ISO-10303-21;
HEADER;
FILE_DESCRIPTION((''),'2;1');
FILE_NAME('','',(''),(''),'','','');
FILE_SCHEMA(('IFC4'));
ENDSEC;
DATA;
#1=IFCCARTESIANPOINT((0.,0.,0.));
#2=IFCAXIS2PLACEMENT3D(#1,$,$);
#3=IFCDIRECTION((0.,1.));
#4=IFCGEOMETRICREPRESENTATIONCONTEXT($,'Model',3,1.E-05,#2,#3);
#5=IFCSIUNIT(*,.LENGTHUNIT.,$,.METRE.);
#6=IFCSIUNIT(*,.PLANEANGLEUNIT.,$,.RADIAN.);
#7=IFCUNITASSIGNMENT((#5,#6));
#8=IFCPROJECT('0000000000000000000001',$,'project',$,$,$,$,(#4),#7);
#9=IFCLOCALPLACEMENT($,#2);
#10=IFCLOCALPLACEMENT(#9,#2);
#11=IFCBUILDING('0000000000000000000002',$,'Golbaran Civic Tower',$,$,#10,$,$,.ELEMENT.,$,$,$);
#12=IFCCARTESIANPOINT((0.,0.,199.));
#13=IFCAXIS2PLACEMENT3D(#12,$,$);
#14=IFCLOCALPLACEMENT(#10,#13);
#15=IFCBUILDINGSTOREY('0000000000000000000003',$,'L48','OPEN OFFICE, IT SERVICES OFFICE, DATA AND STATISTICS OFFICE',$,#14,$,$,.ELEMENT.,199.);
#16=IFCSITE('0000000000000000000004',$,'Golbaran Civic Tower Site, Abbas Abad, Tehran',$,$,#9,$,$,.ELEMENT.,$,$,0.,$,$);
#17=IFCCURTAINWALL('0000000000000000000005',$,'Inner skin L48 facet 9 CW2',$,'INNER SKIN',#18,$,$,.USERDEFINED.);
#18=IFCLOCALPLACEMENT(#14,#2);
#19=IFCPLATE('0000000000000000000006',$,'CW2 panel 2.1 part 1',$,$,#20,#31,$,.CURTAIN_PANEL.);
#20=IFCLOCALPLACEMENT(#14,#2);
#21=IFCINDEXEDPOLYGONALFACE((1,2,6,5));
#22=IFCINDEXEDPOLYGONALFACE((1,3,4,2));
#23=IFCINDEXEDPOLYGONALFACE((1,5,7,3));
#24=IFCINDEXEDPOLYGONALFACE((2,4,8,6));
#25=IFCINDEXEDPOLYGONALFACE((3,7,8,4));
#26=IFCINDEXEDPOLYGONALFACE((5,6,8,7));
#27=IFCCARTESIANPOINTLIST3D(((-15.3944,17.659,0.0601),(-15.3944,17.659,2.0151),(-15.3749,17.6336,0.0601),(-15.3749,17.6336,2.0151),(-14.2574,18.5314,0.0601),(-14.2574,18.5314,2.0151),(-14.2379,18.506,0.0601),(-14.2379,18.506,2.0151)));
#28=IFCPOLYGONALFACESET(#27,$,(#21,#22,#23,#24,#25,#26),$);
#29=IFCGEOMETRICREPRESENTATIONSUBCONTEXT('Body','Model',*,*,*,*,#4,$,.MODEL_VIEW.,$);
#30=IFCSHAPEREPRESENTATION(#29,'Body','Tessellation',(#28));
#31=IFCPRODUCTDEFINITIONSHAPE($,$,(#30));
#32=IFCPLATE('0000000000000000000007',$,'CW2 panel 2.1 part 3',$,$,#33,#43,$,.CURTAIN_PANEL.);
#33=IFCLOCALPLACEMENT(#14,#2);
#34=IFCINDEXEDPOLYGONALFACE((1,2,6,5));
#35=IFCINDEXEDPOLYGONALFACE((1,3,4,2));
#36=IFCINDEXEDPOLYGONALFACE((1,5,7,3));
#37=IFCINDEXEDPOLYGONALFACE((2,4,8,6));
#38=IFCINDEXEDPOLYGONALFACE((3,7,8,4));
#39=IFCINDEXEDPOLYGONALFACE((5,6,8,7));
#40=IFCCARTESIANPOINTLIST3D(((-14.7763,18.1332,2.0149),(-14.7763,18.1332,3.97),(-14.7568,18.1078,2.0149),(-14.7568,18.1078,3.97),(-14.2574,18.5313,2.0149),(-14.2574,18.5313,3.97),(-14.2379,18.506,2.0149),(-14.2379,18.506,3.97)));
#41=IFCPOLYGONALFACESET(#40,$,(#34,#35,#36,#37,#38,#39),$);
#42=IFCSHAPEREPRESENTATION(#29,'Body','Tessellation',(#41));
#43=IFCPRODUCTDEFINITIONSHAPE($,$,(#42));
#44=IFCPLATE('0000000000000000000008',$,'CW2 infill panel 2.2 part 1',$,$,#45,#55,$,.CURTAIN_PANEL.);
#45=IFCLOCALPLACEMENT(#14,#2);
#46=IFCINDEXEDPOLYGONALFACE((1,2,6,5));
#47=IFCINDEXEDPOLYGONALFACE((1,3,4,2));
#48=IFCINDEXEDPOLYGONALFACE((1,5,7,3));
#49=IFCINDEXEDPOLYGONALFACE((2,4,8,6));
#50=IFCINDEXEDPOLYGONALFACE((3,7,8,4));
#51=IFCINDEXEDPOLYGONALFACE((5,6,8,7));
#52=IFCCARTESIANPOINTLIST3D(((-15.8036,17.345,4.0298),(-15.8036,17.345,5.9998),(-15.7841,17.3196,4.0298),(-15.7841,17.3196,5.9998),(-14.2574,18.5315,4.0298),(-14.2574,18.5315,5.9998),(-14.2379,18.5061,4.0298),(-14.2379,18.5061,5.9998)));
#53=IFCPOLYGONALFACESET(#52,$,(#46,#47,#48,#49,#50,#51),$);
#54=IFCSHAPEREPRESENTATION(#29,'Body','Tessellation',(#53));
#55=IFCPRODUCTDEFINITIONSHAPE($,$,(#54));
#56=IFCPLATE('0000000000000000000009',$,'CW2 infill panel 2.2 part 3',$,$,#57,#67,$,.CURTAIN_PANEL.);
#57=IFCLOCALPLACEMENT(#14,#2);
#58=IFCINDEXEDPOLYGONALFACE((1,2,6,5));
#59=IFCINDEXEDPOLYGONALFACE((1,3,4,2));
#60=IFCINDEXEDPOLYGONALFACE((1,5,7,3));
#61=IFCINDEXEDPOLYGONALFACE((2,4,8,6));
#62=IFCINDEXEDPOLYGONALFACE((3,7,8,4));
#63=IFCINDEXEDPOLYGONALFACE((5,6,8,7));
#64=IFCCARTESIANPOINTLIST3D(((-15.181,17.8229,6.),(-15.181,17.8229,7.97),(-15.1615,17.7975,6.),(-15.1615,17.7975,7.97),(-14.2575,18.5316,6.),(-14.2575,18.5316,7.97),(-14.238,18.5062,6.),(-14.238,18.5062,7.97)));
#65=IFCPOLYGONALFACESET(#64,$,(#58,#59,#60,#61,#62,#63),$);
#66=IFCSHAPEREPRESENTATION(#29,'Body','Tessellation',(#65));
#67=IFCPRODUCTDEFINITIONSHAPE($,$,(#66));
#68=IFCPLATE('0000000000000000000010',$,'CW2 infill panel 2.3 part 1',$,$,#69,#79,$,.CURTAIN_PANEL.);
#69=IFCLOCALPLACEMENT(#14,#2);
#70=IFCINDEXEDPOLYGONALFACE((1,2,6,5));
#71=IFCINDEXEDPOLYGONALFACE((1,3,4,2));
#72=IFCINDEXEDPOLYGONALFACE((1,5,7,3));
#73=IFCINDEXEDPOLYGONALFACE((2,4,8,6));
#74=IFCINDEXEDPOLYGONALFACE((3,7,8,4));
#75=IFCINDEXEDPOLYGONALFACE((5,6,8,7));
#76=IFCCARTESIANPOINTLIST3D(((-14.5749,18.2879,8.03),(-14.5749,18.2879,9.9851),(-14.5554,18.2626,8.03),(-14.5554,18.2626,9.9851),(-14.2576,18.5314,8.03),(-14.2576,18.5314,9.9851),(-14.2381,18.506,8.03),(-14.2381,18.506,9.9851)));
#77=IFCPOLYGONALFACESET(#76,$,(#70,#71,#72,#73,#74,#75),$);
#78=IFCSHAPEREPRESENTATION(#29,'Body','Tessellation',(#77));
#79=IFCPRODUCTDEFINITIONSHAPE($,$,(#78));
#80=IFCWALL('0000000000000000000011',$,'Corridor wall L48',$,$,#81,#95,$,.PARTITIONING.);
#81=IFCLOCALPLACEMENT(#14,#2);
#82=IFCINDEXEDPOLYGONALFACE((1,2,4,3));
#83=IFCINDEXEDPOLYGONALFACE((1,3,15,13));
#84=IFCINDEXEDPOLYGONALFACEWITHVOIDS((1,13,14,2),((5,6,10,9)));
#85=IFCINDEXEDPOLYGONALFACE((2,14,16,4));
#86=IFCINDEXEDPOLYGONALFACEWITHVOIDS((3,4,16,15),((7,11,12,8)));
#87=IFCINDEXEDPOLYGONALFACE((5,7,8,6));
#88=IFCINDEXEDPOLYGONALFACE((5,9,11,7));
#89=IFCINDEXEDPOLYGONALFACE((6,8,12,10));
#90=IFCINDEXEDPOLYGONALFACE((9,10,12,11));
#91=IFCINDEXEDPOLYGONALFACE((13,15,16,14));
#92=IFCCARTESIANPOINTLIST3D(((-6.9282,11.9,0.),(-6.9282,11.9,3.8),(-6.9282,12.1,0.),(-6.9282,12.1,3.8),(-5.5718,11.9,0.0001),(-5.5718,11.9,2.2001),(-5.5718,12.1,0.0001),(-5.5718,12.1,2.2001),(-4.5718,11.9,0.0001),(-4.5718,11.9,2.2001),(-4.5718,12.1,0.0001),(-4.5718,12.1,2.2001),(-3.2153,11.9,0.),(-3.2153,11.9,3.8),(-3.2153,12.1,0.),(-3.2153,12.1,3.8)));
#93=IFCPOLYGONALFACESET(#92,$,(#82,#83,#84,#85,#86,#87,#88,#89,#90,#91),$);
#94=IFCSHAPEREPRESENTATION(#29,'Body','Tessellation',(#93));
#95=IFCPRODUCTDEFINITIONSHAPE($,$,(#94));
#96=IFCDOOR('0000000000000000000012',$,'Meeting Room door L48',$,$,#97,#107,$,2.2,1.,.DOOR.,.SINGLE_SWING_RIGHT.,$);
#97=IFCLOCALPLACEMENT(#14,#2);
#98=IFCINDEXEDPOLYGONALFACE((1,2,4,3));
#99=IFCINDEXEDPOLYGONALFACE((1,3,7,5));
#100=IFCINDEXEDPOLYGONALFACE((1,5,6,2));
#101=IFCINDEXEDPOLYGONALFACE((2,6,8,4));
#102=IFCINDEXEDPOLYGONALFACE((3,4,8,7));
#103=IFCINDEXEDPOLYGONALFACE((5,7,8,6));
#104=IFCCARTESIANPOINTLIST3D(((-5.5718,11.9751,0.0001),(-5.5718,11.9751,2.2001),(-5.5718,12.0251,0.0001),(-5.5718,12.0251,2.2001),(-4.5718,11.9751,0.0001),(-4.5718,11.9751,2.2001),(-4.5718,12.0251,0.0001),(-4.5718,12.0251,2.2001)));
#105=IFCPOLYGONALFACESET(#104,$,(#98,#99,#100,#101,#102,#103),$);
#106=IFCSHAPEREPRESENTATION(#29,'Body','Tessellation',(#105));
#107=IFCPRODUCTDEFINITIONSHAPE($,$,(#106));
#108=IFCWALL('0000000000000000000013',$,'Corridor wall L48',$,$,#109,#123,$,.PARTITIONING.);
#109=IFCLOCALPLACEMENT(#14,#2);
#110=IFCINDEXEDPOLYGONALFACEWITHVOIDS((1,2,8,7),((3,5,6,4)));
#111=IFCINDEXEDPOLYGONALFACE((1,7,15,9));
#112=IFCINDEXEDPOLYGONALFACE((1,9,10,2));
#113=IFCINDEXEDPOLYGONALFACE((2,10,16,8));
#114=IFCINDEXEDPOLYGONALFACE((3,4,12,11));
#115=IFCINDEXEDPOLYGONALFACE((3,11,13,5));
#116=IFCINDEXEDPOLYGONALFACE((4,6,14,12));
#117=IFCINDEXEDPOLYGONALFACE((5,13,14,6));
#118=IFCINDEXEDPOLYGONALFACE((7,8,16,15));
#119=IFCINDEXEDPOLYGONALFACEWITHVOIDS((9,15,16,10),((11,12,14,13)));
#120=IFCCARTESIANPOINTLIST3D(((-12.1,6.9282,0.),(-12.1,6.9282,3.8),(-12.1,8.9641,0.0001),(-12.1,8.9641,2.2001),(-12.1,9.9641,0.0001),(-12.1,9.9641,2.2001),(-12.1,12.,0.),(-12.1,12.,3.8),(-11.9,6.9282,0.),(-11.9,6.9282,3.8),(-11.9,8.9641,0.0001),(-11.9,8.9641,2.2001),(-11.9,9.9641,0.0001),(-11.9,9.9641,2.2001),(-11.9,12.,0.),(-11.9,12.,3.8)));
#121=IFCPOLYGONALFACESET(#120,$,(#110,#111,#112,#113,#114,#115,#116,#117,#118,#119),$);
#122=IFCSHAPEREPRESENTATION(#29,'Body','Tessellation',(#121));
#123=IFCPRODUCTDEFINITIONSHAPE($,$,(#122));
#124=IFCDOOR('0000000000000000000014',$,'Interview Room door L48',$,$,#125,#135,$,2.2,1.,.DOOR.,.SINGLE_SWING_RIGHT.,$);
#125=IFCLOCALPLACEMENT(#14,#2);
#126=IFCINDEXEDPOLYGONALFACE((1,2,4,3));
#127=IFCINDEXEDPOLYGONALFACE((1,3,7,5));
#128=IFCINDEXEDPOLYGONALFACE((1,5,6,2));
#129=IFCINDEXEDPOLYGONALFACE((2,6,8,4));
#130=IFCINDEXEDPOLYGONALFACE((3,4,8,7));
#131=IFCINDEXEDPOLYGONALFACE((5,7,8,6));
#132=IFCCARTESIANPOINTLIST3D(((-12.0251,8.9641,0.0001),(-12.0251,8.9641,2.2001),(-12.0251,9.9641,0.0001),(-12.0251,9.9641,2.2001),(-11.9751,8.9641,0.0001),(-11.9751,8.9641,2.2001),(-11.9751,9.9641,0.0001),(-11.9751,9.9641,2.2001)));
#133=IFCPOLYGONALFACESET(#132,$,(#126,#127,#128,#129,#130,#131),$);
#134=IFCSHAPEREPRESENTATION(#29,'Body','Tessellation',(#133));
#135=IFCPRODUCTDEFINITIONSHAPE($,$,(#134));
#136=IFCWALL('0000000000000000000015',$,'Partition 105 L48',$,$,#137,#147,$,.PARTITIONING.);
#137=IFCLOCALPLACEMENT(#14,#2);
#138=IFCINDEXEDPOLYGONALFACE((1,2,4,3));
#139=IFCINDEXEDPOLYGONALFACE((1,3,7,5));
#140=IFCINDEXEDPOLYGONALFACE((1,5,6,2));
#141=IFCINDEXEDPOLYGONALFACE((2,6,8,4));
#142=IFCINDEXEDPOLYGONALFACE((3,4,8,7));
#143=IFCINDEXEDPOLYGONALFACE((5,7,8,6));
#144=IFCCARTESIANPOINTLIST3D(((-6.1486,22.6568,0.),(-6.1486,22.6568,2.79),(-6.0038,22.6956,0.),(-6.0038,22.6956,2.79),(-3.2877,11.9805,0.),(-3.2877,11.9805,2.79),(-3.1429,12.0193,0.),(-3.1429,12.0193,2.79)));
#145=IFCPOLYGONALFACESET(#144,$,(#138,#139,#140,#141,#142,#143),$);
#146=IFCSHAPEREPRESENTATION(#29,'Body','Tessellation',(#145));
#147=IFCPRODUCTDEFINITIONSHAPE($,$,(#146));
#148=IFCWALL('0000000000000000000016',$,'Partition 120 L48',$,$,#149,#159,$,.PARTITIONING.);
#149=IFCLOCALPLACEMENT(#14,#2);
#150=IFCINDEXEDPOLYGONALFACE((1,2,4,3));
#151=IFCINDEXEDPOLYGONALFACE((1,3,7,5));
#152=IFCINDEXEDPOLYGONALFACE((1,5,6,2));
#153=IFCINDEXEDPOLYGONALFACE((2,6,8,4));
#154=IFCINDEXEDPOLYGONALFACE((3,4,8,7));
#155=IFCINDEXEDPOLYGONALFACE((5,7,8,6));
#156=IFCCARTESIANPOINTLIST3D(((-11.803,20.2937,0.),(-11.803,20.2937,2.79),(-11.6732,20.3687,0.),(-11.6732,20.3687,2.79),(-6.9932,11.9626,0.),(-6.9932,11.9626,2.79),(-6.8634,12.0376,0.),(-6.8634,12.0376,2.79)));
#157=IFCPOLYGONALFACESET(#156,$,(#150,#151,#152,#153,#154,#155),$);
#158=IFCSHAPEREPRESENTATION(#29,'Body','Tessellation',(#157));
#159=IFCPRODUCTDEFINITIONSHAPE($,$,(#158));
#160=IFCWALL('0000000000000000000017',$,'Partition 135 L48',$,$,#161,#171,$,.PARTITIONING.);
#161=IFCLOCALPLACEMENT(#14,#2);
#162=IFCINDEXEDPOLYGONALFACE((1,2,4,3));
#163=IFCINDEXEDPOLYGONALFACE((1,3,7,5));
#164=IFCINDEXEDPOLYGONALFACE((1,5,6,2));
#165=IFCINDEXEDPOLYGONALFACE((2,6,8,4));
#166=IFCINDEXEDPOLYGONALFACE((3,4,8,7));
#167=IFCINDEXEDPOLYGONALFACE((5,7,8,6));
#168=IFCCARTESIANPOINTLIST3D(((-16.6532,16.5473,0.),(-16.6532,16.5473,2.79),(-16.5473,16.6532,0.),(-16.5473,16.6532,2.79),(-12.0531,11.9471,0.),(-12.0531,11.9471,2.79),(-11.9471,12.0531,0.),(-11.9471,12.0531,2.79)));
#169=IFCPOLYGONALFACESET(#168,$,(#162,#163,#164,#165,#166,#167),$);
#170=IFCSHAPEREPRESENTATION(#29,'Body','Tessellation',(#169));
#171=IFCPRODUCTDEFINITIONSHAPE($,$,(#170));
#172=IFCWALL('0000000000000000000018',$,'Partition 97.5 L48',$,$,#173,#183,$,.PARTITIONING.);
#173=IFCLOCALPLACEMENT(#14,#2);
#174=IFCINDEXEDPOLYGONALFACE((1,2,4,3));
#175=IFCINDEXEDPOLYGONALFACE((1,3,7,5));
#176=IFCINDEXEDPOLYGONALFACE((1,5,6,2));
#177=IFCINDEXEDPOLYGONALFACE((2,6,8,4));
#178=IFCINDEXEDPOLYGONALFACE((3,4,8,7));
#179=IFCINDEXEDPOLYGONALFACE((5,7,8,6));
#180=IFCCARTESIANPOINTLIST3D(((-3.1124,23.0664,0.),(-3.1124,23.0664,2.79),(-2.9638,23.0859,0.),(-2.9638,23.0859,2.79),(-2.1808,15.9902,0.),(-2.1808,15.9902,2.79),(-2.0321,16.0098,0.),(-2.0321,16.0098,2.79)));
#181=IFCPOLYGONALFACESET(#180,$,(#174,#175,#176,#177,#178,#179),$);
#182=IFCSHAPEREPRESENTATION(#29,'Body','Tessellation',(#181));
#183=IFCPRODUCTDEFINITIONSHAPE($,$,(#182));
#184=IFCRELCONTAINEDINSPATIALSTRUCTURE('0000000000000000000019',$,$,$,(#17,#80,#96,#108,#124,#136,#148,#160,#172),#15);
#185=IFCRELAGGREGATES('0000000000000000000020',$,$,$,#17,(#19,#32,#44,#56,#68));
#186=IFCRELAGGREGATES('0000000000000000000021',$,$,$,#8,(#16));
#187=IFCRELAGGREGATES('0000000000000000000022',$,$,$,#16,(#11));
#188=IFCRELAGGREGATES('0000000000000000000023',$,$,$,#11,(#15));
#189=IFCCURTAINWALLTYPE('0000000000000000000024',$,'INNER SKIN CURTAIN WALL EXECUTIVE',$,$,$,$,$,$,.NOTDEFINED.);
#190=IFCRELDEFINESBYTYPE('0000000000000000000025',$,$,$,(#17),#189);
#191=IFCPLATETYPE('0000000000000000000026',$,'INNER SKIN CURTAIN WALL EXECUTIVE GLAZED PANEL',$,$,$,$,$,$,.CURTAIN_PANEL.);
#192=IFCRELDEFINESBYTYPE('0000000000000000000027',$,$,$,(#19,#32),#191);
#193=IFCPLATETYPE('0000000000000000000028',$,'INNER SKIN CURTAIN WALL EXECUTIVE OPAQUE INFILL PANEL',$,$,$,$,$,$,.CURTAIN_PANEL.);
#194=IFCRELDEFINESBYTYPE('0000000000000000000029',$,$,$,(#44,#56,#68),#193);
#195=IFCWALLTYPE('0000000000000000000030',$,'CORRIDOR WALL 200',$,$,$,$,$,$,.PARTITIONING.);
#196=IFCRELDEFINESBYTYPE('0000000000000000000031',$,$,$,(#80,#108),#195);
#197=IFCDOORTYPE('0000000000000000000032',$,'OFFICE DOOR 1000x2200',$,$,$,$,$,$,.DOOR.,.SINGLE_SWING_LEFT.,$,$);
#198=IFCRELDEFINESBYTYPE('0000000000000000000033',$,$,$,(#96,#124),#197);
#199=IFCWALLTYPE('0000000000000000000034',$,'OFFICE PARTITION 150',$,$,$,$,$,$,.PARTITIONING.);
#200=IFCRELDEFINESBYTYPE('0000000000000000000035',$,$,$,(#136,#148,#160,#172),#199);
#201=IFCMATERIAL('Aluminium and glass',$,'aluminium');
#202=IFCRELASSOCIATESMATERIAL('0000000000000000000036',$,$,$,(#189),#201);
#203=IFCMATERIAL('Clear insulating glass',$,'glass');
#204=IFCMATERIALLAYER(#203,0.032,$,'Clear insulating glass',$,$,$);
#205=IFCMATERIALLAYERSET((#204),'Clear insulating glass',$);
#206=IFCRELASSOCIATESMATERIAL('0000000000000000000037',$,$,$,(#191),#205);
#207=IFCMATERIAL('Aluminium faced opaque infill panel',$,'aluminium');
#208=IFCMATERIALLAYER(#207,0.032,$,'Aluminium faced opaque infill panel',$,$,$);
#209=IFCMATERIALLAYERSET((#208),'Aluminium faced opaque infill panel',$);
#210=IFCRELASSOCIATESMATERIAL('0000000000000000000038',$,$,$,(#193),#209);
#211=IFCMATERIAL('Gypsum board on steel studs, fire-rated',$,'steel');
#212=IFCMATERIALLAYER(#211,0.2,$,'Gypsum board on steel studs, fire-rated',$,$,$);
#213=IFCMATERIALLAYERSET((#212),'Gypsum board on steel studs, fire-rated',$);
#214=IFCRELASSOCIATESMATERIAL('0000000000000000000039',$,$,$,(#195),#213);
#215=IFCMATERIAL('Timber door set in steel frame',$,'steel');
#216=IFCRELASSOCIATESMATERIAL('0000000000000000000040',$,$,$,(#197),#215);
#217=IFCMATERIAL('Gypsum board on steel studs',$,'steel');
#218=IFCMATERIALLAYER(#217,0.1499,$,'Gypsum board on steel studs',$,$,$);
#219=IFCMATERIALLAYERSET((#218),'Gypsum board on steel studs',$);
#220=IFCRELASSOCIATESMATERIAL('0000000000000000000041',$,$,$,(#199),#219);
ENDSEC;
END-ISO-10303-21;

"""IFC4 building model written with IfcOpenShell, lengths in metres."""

from ifc_helpers import new_model, si_unit, direction, frame, frame_2d, origin, origin_2d, place, context, subcontext, project, spatial, rectangle, extrude, material, layer, layer_set, type_object, element, fill, aggregate, save


model = new_model("IFC4")

# Units and contexts
model_context = context("Model", 3, precision=1e-05, world=origin(), true_north=direction((0.0, 1.0)))
body_context = subcontext(model_context, "Body", "Model", "MODEL_VIEW")
ifc_project = project(units=[si_unit("LENGTHUNIT", "METRE"), si_unit("PLANEANGLEUNIT", "RADIAN")], contexts=[model_context])

# Site, building, storey
site_placement = place(None, origin())
site = spatial("IfcSite", under=ifc_project, at=site_placement, Name="Golbaran Civic Tower Site, Abbas Abad, Tehran", CompositionType="ELEMENT", RefElevation=0.0)
building_placement = place(site_placement, origin())
building = spatial("IfcBuilding", under=site, at=building_placement, Name="Golbaran Civic Tower", CompositionType="ELEMENT")
storey_placement = place(building_placement, frame((0.0, 0.0, 199.0)))
storey = spatial("IfcBuildingStorey", under=building, at=storey_placement, Name="L48", Description="OPEN OFFICE, IT SERVICES OFFICE, DATA AND STATISTICS OFFICE", CompositionType="ELEMENT", Elevation=199.0)

# Curtain wall, plates
ifc_material_1 = material(Name="Aluminium and glass", Category="aluminium")
curtain_wall_type = type_object("IfcCurtainWallType", Name="INNER SKIN CURTAIN WALL EXECUTIVE", PredefinedType="NOTDEFINED", material=ifc_material_1)
curtain_wall_placement = place(storey_placement, origin())
curtain_wall = element("IfcCurtainWall", 1, at=curtain_wall_placement, inside=storey, type_object=curtain_wall_type, Name="Inner skin L48 facet 9 CW2", ObjectType="INNER SKIN", PredefinedType="USERDEFINED")
ifc_material_2 = material(Name="Clear insulating glass", Category="glass")
ifc_layer_1 = layer(ifc_material_2, 0.032, Name="Clear insulating glass")
ifc_layer_set_1 = layer_set([ifc_layer_1], Name="Clear insulating glass")
plate_type_1 = type_object("IfcPlateType", Name="INNER SKIN CURTAIN WALL EXECUTIVE GLAZED PANEL", PredefinedType="CURTAIN_PANEL", material=ifc_layer_set_1)
plate_1_placement = place(storey_placement, frame((-14.8162, 18.0825, 0.0601), z_axis=(0.0, 0.0, 1.0), x_axis=(-0.793353, -0.608761, 0.0)))
plate_1 = element("IfcPlate", 2, at=plate_1_placement, type_object=plate_type_1, Name="CW2 panel 2.1 part 1", PredefinedType="CURTAIN_PANEL", context=body_context, shape_type="SweptSolid", body=[
    extrude(rectangle(XDim=1.4331, YDim=0.032, at=origin_2d()), origin(), (0.0, 0.0, 1.0), 1.9551),
])
plate_2_placement = place(storey_placement, frame((-14.5071, 18.3196, 2.0149), z_axis=(0.0, 0.0, 1.0), x_axis=(-0.793353, -0.608761, 0.0)))
plate_2 = element("IfcPlate", 3, at=plate_2_placement, type_object=plate_type_1, Name="CW2 panel 2.1 part 3", PredefinedType="CURTAIN_PANEL", context=body_context, shape_type="SweptSolid", body=[
    extrude(rectangle(XDim=0.6541, YDim=0.032, at=origin_2d()), origin(), (0.0, 0.0, 1.0), 1.9551),
])
ifc_material_3 = material(Name="Aluminium faced opaque infill panel", Category="aluminium")
ifc_layer_2 = layer(ifc_material_3, 0.032, Name="Aluminium faced opaque infill panel")
ifc_layer_set_2 = layer_set([ifc_layer_2], Name="Aluminium faced opaque infill panel")
plate_type_2 = type_object("IfcPlateType", Name="INNER SKIN CURTAIN WALL EXECUTIVE OPAQUE INFILL PANEL", PredefinedType="CURTAIN_PANEL", material=ifc_layer_set_2)
plate_3_placement = place(storey_placement, frame((-15.0208, 17.9255, 4.0298), z_axis=(0.0, 0.0, 1.0), x_axis=(-0.793353, -0.608761, 0.0)))
plate_3 = element("IfcPlate", 4, at=plate_3_placement, type_object=plate_type_2, Name="CW2 infill panel 2.2 part 1", PredefinedType="CURTAIN_PANEL", context=body_context, shape_type="SweptSolid", body=[
    extrude(rectangle(XDim=1.949, YDim=0.032, at=origin_2d()), origin(), (0.0, 0.0, 1.0), 1.97),
])
plate_4_placement = place(storey_placement, frame((-14.7095, 18.1646, 6.0), z_axis=(0.0, 0.0, 1.0), x_axis=(-0.793353, -0.608761, 0.0)))
plate_4 = element("IfcPlate", 5, at=plate_4_placement, type_object=plate_type_2, Name="CW2 infill panel 2.2 part 3", PredefinedType="CURTAIN_PANEL", context=body_context, shape_type="SweptSolid", body=[
    extrude(rectangle(XDim=1.1641, YDim=0.032, at=origin_2d()), origin(), (0.0, 0.0, 1.0), 1.97),
])
plate_5_placement = place(storey_placement, frame((-14.4065, 18.397, 8.03), z_axis=(0.0, 0.0, 1.0), x_axis=(-0.793353, -0.608761, 0.0)))
plate_5 = element("IfcPlate", 6, at=plate_5_placement, type_object=plate_type_2, Name="CW2 infill panel 2.3 part 1", PredefinedType="CURTAIN_PANEL", context=body_context, shape_type="SweptSolid", body=[
    extrude(rectangle(XDim=0.3999, YDim=0.032, at=origin_2d()), origin(), (0.0, 0.0, 1.0), 1.9551),
])
aggregate(curtain_wall, [plate_1, plate_2, plate_3, plate_4, plate_5])

# Walls, openings, doors
ifc_material_4 = material(Name="Gypsum board on steel studs, fire-rated", Category="steel")
ifc_layer_3 = layer(ifc_material_4, 0.2, Name="Gypsum board on steel studs, fire-rated")
ifc_layer_set_3 = layer_set([ifc_layer_3], Name="Gypsum board on steel studs, fire-rated")
wall_type_1 = type_object("IfcWallType", Name="CORRIDOR WALL 200", PredefinedType="PARTITIONING", material=ifc_layer_set_3)
wall_1_placement = place(storey_placement, frame((-3.2153, 12.0, 0.0), z_axis=(0.0, 0.0, 1.0), x_axis=(-1.0, 0.0, 0.0)))
wall_1 = element("IfcWall", 7, at=wall_1_placement, inside=storey, type_object=wall_type_1, Name="Corridor wall L48", PredefinedType="PARTITIONING", context=body_context, shape_type="SweptSolid", body=[
    extrude(rectangle(XDim=3.7129, YDim=0.2, at=frame_2d((1.8564, 0.0))), origin(), (0.0, 0.0, 1.0), 3.8),
])
opening_1_placement = place(wall_1_placement, frame((1.3564, 0.0, 0.0)))
opening_1 = element("IfcOpeningElement", 8, at=opening_1_placement, cuts=wall_1, PredefinedType="OPENING", context=body_context, shape_type="SweptSolid", body=[
    extrude(rectangle(XDim=1.0, YDim=2.2, at=frame_2d((0.5, 1.1001))), frame((0.0, 0.1099, 0.0), z_axis=(0.0, -1.0, 0.0), x_axis=(1.0, 0.0, 0.0)), (0.0, 0.0, 1.0), 0.22),
])
ifc_material_5 = material(Name="Timber door set in steel frame", Category="steel")
door_type = type_object("IfcDoorType", Name="OFFICE DOOR 1000x2200", OperationType="SINGLE_SWING_LEFT", PredefinedType="DOOR", material=ifc_material_5)
door_1_placement = place(opening_1_placement, origin())
door_1 = element("IfcDoor", 9, at=door_1_placement, inside=storey, type_object=door_type, Name="Meeting Room door L48", OperationType="SINGLE_SWING_RIGHT", OverallHeight=2.2, OverallWidth=1.0, PredefinedType="DOOR", context=body_context, shape_type="SweptSolid", body=[
    extrude(rectangle(XDim=1.0, YDim=2.2, at=frame_2d((0.5, 1.1001))), frame((0.0, 0.0249, 0.0), z_axis=(0.0, -1.0, 0.0), x_axis=(1.0, 0.0, 0.0)), (0.0, 0.0, 1.0), 0.05),
])
fill(opening_1, door_1)
wall_2_placement = place(storey_placement, frame((-12.0, 12.0, 0.0), z_axis=(0.0, 0.0, 1.0), x_axis=(0.0, -1.0, 0.0)))
wall_2 = element("IfcWall", 10, at=wall_2_placement, inside=storey, type_object=wall_type_1, Name="Corridor wall L48", PredefinedType="PARTITIONING", context=body_context, shape_type="SweptSolid", body=[
    extrude(rectangle(XDim=5.0718, YDim=0.2, at=frame_2d((2.5359, 0.0))), origin(), (0.0, 0.0, 1.0), 3.8),
])
opening_2_placement = place(wall_2_placement, frame((2.0359, 0.0, 0.0)))
opening_2 = element("IfcOpeningElement", 11, at=opening_2_placement, cuts=wall_2, PredefinedType="OPENING", context=body_context, shape_type="SweptSolid", body=[
    extrude(rectangle(XDim=1.0, YDim=2.2, at=frame_2d((0.5, 1.1001))), frame((0.0, 0.1099, 0.0), z_axis=(0.0, -1.0, 0.0), x_axis=(1.0, 0.0, 0.0)), (0.0, 0.0, 1.0), 0.22),
])
door_2_placement = place(opening_2_placement, origin())
door_2 = element("IfcDoor", 12, at=door_2_placement, inside=storey, type_object=door_type, Name="Interview Room door L48", OperationType="SINGLE_SWING_RIGHT", OverallHeight=2.2, OverallWidth=1.0, PredefinedType="DOOR", context=body_context, shape_type="SweptSolid", body=[
    extrude(rectangle(XDim=1.0, YDim=2.2, at=frame_2d((0.5, 1.1001))), frame((0.0, 0.0249, 0.0), z_axis=(0.0, -1.0, 0.0), x_axis=(1.0, 0.0, 0.0)), (0.0, 0.0, 1.0), 0.05),
])
fill(opening_2, door_2)

# Walls
ifc_material_6 = material(Name="Gypsum board on steel studs", Category="steel")
ifc_layer_4 = layer(ifc_material_6, 0.1499, Name="Gypsum board on steel studs")
ifc_layer_set_4 = layer_set([ifc_layer_4], Name="Gypsum board on steel studs")
wall_type_2 = type_object("IfcWallType", Name="OFFICE PARTITION 150", PredefinedType="PARTITIONING", material=ifc_layer_set_4)
wall_3_placement = place(storey_placement, frame((-3.2153, 12.0, 0.0), z_axis=(0.0, 0.0, 1.0), x_axis=(-0.258831, 0.965923, 0.0)))
element("IfcWall", 13, at=wall_3_placement, inside=storey, type_object=wall_type_2, Name="Partition 105 L48", PredefinedType="PARTITIONING", context=body_context, shape_type="SweptSolid", body=[
    extrude(rectangle(XDim=11.053, YDim=0.1499, at=frame_2d((5.5264, 0.0))), origin(), (0.0, 0.0, 1.0), 2.79),
])
wall_4_placement = place(storey_placement, frame((-6.9282, 12.0, 0.0), z_axis=(0.0, 0.0, 1.0), x_axis=(-0.49999, 0.866031, 0.0)))
element("IfcWall", 14, at=wall_4_placement, inside=storey, type_object=wall_type_2, Name="Partition 120 L48", PredefinedType="PARTITIONING", context=body_context, shape_type="SweptSolid", body=[
    extrude(rectangle(XDim=9.6199, YDim=0.1499, at=frame_2d((4.8101, 0.0))), origin(), (0.0, 0.0, 1.0), 2.79),
])
wall_5_placement = place(storey_placement, frame((-12.0, 12.0, 0.0), z_axis=(0.0, 0.0, 1.0), x_axis=(-0.707107, 0.707107, 0.0)))
element("IfcWall", 15, at=wall_5_placement, inside=storey, type_object=wall_type_2, Name="Partition 135 L48", PredefinedType="PARTITIONING", context=body_context, shape_type="SweptSolid", body=[
    extrude(rectangle(XDim=6.5056, YDim=0.1499, at=frame_2d((3.2529, 0.0))), origin(), (0.0, 0.0, 1.0), 2.79),
])
wall_6_placement = place(storey_placement, frame((-2.1064, 16.0, 0.0), z_axis=(0.0, 0.0, 1.0), x_axis=(-0.130532, 0.991444, 0.0)))
element("IfcWall", 16, at=wall_6_placement, inside=storey, type_object=wall_type_2, Name="Partition 97.5 L48", PredefinedType="PARTITIONING", context=body_context, shape_type="SweptSolid", body=[
    extrude(rectangle(XDim=7.1372, YDim=0.1499, at=frame_2d((3.5686, 0.0))), origin(), (0.0, 0.0, 1.0), 2.79),
])

save(model, "model.ifc")
